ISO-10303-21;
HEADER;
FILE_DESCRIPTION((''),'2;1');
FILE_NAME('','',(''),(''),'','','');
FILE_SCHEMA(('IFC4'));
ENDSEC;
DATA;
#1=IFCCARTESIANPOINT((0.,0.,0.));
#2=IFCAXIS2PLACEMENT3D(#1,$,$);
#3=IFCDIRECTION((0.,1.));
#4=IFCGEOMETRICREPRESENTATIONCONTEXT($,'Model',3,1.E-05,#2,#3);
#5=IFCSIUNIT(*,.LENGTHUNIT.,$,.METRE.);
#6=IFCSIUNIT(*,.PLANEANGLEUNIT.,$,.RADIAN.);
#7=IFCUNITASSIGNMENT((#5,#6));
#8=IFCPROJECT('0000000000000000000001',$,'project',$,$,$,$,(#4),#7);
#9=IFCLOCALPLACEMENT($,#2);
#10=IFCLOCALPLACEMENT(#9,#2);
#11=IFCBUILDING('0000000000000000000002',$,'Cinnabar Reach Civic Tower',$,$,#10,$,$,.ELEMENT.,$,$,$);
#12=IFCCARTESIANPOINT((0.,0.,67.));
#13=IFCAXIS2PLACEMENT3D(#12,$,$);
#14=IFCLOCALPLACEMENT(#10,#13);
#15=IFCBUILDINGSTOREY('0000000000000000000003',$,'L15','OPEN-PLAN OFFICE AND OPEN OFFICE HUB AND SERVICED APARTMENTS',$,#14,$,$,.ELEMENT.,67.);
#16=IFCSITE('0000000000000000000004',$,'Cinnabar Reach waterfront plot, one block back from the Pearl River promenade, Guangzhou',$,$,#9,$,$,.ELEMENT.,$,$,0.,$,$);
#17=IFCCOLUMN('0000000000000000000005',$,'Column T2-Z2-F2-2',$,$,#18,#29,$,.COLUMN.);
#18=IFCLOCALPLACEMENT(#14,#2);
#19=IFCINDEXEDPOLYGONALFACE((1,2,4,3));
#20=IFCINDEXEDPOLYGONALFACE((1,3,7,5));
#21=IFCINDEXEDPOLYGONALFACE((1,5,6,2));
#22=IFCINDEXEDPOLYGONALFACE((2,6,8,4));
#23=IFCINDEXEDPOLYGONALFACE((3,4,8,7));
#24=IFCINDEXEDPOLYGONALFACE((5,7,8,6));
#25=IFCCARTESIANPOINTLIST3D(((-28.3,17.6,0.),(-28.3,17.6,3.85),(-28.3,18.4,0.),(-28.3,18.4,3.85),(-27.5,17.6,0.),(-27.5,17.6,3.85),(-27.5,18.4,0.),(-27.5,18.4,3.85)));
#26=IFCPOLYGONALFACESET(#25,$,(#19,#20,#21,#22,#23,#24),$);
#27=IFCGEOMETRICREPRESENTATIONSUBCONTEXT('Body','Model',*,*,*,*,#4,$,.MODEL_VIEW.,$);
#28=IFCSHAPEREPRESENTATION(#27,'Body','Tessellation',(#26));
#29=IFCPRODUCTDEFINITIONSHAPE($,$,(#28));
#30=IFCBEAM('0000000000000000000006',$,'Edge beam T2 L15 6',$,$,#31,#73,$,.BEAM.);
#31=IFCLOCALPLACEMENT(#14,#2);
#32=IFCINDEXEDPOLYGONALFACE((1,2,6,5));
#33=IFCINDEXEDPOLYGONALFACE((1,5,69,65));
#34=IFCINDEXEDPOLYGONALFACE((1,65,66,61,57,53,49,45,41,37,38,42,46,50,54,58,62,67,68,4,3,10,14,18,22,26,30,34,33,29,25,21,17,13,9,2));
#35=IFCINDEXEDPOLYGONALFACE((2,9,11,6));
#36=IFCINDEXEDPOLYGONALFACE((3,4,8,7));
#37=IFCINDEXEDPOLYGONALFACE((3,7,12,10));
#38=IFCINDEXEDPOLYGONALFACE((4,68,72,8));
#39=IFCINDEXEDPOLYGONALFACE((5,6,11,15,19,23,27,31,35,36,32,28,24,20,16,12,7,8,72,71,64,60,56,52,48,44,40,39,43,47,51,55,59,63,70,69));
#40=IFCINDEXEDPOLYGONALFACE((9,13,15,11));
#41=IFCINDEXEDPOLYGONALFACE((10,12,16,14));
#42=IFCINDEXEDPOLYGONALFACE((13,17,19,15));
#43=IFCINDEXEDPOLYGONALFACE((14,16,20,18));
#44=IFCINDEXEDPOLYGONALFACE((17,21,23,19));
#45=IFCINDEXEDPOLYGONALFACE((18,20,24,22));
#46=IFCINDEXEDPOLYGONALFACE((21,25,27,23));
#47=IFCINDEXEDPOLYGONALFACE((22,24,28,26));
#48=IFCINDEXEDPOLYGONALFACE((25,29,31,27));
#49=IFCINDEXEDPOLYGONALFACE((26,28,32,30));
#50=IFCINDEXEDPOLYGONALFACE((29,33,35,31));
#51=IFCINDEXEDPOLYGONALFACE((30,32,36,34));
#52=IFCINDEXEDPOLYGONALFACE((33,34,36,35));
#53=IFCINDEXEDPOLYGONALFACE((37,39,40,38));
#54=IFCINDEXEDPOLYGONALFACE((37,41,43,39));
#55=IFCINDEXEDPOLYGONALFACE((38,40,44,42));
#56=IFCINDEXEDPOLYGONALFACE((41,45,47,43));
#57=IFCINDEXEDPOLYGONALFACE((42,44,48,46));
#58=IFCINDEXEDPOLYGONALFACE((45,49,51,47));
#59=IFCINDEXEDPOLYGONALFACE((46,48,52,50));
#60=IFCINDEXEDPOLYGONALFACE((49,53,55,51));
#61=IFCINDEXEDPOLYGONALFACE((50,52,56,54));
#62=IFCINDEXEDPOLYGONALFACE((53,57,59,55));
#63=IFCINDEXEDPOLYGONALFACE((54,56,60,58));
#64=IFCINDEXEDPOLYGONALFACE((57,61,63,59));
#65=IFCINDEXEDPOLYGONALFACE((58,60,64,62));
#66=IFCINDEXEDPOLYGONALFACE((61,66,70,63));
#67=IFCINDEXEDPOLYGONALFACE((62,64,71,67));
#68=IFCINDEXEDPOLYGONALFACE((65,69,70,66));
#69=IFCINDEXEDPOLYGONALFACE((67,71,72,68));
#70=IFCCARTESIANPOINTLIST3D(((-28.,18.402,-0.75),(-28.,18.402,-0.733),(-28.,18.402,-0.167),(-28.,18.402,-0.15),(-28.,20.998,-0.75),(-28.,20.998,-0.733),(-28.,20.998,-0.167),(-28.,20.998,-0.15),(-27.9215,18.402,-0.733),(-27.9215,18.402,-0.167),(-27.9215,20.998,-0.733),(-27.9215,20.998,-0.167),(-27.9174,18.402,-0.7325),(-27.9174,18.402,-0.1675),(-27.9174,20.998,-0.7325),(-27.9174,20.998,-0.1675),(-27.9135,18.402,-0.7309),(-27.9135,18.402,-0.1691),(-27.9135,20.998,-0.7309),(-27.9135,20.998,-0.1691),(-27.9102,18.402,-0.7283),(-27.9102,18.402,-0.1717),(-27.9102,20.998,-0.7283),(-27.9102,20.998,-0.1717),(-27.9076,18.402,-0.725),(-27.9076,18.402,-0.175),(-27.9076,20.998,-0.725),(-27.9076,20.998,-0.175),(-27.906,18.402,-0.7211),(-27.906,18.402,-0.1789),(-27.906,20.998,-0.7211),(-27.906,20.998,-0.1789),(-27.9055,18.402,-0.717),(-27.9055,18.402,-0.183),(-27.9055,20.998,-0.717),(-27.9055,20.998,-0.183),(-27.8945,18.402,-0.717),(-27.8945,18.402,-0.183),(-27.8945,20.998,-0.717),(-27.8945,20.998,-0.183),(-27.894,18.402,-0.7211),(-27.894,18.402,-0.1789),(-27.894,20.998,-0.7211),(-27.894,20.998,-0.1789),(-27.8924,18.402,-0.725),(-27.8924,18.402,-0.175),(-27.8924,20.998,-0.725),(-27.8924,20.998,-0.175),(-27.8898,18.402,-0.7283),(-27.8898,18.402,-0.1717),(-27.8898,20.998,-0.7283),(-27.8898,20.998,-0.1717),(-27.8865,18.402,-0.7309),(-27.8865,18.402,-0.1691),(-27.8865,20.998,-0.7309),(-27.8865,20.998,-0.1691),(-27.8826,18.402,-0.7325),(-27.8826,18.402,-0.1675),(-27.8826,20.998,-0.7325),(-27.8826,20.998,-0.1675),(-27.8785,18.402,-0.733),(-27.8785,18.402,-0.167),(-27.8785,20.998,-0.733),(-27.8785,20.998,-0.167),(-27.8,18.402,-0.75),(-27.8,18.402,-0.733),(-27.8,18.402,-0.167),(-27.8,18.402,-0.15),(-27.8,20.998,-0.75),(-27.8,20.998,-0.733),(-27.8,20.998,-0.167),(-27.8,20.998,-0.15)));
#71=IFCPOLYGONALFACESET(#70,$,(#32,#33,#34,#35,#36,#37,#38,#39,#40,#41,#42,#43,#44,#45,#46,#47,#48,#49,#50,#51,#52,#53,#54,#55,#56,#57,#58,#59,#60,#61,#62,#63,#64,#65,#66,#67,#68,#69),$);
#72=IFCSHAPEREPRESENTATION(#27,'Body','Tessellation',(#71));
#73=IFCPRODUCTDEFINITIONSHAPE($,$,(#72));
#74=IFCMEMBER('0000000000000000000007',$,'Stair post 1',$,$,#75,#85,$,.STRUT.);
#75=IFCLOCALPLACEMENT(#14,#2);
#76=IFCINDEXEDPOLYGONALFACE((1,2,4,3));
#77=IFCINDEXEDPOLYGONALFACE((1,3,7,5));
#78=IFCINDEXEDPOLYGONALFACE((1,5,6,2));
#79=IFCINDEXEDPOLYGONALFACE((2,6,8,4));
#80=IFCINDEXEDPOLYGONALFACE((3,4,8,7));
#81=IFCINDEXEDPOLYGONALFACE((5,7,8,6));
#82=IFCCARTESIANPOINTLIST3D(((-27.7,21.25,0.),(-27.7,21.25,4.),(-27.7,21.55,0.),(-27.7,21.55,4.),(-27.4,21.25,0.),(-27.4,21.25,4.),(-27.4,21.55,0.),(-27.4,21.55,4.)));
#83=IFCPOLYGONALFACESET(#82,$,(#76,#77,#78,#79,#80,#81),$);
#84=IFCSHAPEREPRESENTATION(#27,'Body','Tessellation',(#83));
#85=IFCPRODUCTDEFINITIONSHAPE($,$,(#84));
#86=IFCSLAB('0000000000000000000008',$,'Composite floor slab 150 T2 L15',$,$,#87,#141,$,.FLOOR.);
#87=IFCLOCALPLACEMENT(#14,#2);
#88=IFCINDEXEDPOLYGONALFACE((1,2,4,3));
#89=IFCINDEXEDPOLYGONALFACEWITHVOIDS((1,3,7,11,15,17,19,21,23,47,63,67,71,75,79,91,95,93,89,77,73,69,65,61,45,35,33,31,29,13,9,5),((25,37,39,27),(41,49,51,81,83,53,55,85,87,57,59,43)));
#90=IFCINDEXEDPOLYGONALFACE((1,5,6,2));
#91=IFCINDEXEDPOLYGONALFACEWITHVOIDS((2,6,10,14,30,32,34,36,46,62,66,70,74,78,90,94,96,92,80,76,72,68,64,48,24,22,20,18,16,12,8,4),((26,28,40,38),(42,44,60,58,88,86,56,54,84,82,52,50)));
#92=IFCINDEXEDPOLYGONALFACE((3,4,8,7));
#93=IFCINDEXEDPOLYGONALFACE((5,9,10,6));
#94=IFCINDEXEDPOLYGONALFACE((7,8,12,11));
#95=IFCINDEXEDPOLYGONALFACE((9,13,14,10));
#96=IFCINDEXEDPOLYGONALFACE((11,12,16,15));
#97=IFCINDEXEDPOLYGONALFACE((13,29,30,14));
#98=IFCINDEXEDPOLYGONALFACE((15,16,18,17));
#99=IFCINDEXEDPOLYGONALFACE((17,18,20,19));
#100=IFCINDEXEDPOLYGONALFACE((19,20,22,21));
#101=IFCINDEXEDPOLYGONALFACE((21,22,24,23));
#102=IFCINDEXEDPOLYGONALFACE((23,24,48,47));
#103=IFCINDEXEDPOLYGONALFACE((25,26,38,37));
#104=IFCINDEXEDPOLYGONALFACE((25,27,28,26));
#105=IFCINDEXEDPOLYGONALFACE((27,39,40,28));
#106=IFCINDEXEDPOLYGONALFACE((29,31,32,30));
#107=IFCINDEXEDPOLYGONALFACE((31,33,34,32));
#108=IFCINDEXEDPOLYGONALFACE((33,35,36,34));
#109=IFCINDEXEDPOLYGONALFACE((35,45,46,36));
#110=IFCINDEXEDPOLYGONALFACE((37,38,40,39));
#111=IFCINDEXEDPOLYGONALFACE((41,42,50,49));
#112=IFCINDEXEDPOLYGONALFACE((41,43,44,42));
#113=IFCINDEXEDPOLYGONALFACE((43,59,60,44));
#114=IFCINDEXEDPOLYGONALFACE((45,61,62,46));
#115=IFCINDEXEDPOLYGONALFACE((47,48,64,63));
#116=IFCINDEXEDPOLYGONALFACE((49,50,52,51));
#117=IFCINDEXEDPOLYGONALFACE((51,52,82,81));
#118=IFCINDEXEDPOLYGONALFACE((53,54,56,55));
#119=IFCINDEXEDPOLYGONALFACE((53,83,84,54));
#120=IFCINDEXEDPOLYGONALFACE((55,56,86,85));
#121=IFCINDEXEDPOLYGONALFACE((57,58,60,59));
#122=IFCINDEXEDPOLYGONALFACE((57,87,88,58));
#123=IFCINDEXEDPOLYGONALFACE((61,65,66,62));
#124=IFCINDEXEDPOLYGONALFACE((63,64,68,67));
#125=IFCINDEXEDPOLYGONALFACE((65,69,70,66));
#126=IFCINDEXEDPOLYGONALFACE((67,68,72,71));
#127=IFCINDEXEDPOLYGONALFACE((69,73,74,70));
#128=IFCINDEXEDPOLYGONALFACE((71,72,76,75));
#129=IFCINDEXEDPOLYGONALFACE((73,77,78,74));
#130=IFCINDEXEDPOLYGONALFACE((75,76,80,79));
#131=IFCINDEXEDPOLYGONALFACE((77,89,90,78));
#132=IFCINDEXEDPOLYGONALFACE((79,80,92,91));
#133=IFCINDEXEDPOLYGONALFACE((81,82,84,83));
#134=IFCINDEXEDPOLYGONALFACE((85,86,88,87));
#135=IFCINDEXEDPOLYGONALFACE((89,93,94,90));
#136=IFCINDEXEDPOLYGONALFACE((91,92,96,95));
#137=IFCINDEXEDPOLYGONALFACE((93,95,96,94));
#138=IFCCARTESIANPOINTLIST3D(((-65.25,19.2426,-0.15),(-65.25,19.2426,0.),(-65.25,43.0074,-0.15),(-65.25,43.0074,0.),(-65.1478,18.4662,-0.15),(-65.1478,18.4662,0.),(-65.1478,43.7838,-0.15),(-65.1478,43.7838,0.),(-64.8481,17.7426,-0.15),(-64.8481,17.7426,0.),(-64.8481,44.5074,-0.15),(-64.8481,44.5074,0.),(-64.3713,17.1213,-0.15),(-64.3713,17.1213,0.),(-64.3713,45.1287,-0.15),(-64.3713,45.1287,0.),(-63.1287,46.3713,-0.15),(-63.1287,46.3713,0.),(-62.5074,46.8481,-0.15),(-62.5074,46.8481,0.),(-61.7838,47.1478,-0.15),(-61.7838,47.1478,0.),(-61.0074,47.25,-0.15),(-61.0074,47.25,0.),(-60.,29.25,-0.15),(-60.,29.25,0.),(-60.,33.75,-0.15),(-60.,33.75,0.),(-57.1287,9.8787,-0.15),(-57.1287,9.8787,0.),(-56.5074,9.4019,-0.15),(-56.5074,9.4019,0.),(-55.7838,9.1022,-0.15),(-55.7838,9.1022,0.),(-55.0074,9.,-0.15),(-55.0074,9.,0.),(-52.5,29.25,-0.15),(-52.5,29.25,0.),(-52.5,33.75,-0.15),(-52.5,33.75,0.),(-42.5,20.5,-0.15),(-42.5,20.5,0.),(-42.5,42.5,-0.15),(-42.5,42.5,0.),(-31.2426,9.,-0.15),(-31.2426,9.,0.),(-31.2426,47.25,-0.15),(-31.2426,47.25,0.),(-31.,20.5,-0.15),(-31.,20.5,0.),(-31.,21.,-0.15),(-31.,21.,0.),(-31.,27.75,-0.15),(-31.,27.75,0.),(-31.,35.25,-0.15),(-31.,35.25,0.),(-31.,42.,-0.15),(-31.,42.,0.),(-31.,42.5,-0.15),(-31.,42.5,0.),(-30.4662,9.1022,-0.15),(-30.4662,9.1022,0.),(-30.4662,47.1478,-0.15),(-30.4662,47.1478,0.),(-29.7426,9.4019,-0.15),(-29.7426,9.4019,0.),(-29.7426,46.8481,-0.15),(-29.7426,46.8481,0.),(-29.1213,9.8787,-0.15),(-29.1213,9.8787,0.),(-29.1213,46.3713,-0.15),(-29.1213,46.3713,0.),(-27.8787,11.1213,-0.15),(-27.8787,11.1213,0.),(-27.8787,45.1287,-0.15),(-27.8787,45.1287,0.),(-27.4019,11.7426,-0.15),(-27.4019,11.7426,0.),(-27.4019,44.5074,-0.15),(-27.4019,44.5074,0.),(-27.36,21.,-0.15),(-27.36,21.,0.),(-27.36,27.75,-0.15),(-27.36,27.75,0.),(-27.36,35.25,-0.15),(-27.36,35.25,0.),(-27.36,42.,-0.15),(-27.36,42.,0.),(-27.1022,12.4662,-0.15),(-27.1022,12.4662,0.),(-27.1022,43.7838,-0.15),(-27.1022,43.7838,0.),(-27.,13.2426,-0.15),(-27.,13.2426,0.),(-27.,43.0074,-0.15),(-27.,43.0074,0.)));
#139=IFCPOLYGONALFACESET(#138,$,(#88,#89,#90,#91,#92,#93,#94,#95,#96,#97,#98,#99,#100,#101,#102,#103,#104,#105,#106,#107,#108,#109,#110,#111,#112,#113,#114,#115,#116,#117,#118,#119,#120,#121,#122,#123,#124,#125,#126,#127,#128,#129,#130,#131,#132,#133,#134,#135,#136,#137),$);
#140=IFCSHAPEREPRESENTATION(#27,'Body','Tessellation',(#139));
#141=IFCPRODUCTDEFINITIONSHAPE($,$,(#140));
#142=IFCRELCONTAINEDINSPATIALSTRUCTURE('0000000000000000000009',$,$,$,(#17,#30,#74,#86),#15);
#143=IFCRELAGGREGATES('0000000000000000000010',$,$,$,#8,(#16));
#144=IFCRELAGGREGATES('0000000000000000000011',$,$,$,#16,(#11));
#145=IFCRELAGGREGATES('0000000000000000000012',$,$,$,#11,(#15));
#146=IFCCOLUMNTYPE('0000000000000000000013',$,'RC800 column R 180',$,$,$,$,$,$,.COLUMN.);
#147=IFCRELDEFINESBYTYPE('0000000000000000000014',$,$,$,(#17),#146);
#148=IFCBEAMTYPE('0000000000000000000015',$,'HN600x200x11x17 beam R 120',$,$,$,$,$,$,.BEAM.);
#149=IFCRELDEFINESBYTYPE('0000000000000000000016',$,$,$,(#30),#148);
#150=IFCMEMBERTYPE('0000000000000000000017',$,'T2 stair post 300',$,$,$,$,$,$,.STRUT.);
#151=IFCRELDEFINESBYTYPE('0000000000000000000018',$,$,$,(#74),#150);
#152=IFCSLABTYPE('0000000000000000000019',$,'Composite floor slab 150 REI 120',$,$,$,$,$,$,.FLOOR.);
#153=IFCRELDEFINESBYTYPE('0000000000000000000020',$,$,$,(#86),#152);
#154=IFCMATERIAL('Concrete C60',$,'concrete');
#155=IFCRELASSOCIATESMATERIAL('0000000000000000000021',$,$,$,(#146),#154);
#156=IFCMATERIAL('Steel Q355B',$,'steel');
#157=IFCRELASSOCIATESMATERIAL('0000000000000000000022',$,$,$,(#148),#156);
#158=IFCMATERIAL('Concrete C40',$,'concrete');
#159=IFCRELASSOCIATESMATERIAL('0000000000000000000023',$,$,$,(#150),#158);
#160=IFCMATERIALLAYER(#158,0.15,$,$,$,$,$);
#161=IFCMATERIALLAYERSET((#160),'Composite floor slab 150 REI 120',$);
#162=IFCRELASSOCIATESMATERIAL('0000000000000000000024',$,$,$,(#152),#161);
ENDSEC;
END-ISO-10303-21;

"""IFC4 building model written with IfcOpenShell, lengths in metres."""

from ifc_helpers import new_model, si_unit, direction, frame, origin, origin_2d, place, context, subcontext, project, spatial, polyline, rectangle, i_section, outline, extrude, material, layer, layer_set, material_profile, profile_set, type_object, element, save


model = new_model("IFC4")

# Units and contexts
model_context = context("Model", 3, precision=1e-05, world=origin(), true_north=direction((0.0, 1.0)))
body_context = subcontext(model_context, "Body", "Model", "MODEL_VIEW")
ifc_project = project(units=[si_unit("LENGTHUNIT", "METRE"), si_unit("PLANEANGLEUNIT", "RADIAN")], contexts=[model_context])

# Site, building, storey
site_placement = place(None, origin())
site = spatial("IfcSite", under=ifc_project, at=site_placement, Name="Cinnabar Reach waterfront plot, one block back from the Pearl River promenade, Guangzhou", CompositionType="ELEMENT", RefElevation=0.0)
building_placement = place(site_placement, origin())
building = spatial("IfcBuilding", under=site, at=building_placement, Name="Cinnabar Reach Civic Tower", CompositionType="ELEMENT")
storey_placement = place(building_placement, frame((0.0, 0.0, 67.0)))
storey = spatial("IfcBuildingStorey", under=building, at=storey_placement, Name="L15", Description="OPEN-PLAN OFFICE AND OPEN OFFICE HUB AND SERVICED APARTMENTS", CompositionType="ELEMENT", Elevation=67.0)

# Column
ifc_material_1 = material(Name="Concrete C60", Category="concrete")
ifc_material_profile_1 = material_profile(ifc_material_1, rectangle(XDim=0.8, YDim=0.8, at=origin_2d()), Name="RC800")
ifc_profile_set_1 = profile_set([ifc_material_profile_1], Name="Concrete C60")
column_type = type_object("IfcColumnType", Name="RC800 column R 180", PredefinedType="COLUMN", material=ifc_profile_set_1)
column_placement = place(storey_placement, frame((-27.9, 18.0, 0.0), z_axis=(0.0, 0.0, 1.0), x_axis=(1.0, 0.0, 0.0)))
element("IfcColumn", 1, at=column_placement, inside=storey, type_object=column_type, Name="Column T2-Z2-F2-2", PredefinedType="COLUMN", context=body_context, shape_type="SweptSolid", body=[
    extrude(rectangle(XDim=0.8, YDim=0.8, at=origin_2d()), origin(), (0.0, 0.0, 1.0), 3.85),
])

# Beam
ifc_material_2 = material(Name="Steel Q355B", Category="steel")
ifc_material_profile_2 = material_profile(ifc_material_2, i_section(OverallWidth=0.2, OverallDepth=0.6, WebThickness=0.011, FlangeThickness=0.017, FilletRadius=0.016, at=origin_2d()), Name="HN600x200x11x17")
ifc_profile_set_2 = profile_set([ifc_material_profile_2], Name="Steel Q355B")
beam_type = type_object("IfcBeamType", Name="HN600x200x11x17 beam R 120", PredefinedType="BEAM", material=ifc_profile_set_2)
beam_placement = place(storey_placement, frame((-27.9, 18.402, -0.45), z_axis=(0.0, 1.0, 0.0), x_axis=(-1.0, 0.0, 0.0)))
element("IfcBeam", 2, at=beam_placement, inside=storey, type_object=beam_type, Name="Edge beam T2 L15 6", PredefinedType="BEAM", context=body_context, shape_type="SweptSolid", body=[
    extrude(i_section(OverallWidth=0.2, OverallDepth=0.6, WebThickness=0.011, FlangeThickness=0.017, FilletRadius=0.016, at=origin_2d()), origin(), (0.0, 0.0, 1.0), 2.596),
])

# Member
ifc_material_3 = material(Name="Concrete C40", Category="concrete")
ifc_material_profile_3 = material_profile(ifc_material_3, rectangle(XDim=0.3, YDim=0.3, at=origin_2d()), Name="C300")
ifc_profile_set_3 = profile_set([ifc_material_profile_3], Name="Concrete C40")
member_type = type_object("IfcMemberType", Name="T2 stair post 300", PredefinedType="STRUT", material=ifc_profile_set_3)
member_placement = place(storey_placement, frame((-27.55, 21.4, 0.0), z_axis=(0.0, 0.0, 1.0), x_axis=(1.0, 0.0, 0.0)))
element("IfcMember", 3, at=member_placement, inside=storey, type_object=member_type, Name="Stair post 1", PredefinedType="STRUT", context=body_context, shape_type="SweptSolid", body=[
    extrude(rectangle(XDim=0.3, YDim=0.3, at=origin_2d()), origin(), (0.0, 0.0, 1.0), 4.0),
])

# Slab
ifc_layer_1 = layer(ifc_material_3, 0.15)
ifc_layer_set_1 = layer_set([ifc_layer_1], Name="Composite floor slab 150 REI 120")
slab_type_1 = type_object("IfcSlabType", Name="Composite floor slab 150 REI 120", PredefinedType="FLOOR", material=ifc_layer_set_1)
slab_1_placement = place(storey_placement, frame((0.0, 0.0, -0.15)))
element("IfcSlab", 4, at=slab_1_placement, inside=storey, type_object=slab_type_1, Name="Composite floor slab 150 T2 L15", PredefinedType="FLOOR", context=body_context, shape_type="SweptSolid", body=[
    extrude(outline(polyline([(-64.3713, 17.1213), (-64.8481, 17.7426), (-65.1478, 18.4662), (-65.25, 19.2426), (-65.25, 43.0074), (-65.1478, 43.7838), (-64.8481, 44.5074), (-64.3713, 45.1287), (-63.1287, 46.3713), (-62.5074, 46.8481), (-61.7838, 47.1478), (-61.0074, 47.25), (-31.2426, 47.25), (-30.4662, 47.1478), (-29.7426, 46.8481), (-29.1213, 46.3713), (-27.8787, 45.1287), (-27.4019, 44.5074), (-27.1022, 43.7838), (-27.0, 43.0074), (-27.0, 13.2426), (-27.1022, 12.4662), (-27.4019, 11.7426), (-27.8787, 11.1213), (-29.1213, 9.8787), (-29.7426, 9.4019), (-30.4662, 9.1022), (-31.2426, 9.0), (-55.0074, 9.0), (-55.7838, 9.1022), (-56.5074, 9.4019), (-57.1287, 9.8787), (-64.3713, 17.1213)]), holes=[polyline([(-31.0, 27.75), (-31.0, 35.25), (-27.36, 35.25), (-27.36, 42.0), (-31.0, 42.0), (-31.0, 42.5), (-42.5, 42.5), (-42.5, 20.5), (-31.0, 20.5), (-31.0, 21.0), (-27.36, 21.0), (-27.36, 27.75), (-31.0, 27.75)]), polyline([(-60.0, 33.75), (-60.0, 29.25), (-52.5, 29.25), (-52.5, 33.75), (-60.0, 33.75)])]), origin(), (0.0, 0.0, 1.0), 0.15),
])

save(model, "model.ifc")
